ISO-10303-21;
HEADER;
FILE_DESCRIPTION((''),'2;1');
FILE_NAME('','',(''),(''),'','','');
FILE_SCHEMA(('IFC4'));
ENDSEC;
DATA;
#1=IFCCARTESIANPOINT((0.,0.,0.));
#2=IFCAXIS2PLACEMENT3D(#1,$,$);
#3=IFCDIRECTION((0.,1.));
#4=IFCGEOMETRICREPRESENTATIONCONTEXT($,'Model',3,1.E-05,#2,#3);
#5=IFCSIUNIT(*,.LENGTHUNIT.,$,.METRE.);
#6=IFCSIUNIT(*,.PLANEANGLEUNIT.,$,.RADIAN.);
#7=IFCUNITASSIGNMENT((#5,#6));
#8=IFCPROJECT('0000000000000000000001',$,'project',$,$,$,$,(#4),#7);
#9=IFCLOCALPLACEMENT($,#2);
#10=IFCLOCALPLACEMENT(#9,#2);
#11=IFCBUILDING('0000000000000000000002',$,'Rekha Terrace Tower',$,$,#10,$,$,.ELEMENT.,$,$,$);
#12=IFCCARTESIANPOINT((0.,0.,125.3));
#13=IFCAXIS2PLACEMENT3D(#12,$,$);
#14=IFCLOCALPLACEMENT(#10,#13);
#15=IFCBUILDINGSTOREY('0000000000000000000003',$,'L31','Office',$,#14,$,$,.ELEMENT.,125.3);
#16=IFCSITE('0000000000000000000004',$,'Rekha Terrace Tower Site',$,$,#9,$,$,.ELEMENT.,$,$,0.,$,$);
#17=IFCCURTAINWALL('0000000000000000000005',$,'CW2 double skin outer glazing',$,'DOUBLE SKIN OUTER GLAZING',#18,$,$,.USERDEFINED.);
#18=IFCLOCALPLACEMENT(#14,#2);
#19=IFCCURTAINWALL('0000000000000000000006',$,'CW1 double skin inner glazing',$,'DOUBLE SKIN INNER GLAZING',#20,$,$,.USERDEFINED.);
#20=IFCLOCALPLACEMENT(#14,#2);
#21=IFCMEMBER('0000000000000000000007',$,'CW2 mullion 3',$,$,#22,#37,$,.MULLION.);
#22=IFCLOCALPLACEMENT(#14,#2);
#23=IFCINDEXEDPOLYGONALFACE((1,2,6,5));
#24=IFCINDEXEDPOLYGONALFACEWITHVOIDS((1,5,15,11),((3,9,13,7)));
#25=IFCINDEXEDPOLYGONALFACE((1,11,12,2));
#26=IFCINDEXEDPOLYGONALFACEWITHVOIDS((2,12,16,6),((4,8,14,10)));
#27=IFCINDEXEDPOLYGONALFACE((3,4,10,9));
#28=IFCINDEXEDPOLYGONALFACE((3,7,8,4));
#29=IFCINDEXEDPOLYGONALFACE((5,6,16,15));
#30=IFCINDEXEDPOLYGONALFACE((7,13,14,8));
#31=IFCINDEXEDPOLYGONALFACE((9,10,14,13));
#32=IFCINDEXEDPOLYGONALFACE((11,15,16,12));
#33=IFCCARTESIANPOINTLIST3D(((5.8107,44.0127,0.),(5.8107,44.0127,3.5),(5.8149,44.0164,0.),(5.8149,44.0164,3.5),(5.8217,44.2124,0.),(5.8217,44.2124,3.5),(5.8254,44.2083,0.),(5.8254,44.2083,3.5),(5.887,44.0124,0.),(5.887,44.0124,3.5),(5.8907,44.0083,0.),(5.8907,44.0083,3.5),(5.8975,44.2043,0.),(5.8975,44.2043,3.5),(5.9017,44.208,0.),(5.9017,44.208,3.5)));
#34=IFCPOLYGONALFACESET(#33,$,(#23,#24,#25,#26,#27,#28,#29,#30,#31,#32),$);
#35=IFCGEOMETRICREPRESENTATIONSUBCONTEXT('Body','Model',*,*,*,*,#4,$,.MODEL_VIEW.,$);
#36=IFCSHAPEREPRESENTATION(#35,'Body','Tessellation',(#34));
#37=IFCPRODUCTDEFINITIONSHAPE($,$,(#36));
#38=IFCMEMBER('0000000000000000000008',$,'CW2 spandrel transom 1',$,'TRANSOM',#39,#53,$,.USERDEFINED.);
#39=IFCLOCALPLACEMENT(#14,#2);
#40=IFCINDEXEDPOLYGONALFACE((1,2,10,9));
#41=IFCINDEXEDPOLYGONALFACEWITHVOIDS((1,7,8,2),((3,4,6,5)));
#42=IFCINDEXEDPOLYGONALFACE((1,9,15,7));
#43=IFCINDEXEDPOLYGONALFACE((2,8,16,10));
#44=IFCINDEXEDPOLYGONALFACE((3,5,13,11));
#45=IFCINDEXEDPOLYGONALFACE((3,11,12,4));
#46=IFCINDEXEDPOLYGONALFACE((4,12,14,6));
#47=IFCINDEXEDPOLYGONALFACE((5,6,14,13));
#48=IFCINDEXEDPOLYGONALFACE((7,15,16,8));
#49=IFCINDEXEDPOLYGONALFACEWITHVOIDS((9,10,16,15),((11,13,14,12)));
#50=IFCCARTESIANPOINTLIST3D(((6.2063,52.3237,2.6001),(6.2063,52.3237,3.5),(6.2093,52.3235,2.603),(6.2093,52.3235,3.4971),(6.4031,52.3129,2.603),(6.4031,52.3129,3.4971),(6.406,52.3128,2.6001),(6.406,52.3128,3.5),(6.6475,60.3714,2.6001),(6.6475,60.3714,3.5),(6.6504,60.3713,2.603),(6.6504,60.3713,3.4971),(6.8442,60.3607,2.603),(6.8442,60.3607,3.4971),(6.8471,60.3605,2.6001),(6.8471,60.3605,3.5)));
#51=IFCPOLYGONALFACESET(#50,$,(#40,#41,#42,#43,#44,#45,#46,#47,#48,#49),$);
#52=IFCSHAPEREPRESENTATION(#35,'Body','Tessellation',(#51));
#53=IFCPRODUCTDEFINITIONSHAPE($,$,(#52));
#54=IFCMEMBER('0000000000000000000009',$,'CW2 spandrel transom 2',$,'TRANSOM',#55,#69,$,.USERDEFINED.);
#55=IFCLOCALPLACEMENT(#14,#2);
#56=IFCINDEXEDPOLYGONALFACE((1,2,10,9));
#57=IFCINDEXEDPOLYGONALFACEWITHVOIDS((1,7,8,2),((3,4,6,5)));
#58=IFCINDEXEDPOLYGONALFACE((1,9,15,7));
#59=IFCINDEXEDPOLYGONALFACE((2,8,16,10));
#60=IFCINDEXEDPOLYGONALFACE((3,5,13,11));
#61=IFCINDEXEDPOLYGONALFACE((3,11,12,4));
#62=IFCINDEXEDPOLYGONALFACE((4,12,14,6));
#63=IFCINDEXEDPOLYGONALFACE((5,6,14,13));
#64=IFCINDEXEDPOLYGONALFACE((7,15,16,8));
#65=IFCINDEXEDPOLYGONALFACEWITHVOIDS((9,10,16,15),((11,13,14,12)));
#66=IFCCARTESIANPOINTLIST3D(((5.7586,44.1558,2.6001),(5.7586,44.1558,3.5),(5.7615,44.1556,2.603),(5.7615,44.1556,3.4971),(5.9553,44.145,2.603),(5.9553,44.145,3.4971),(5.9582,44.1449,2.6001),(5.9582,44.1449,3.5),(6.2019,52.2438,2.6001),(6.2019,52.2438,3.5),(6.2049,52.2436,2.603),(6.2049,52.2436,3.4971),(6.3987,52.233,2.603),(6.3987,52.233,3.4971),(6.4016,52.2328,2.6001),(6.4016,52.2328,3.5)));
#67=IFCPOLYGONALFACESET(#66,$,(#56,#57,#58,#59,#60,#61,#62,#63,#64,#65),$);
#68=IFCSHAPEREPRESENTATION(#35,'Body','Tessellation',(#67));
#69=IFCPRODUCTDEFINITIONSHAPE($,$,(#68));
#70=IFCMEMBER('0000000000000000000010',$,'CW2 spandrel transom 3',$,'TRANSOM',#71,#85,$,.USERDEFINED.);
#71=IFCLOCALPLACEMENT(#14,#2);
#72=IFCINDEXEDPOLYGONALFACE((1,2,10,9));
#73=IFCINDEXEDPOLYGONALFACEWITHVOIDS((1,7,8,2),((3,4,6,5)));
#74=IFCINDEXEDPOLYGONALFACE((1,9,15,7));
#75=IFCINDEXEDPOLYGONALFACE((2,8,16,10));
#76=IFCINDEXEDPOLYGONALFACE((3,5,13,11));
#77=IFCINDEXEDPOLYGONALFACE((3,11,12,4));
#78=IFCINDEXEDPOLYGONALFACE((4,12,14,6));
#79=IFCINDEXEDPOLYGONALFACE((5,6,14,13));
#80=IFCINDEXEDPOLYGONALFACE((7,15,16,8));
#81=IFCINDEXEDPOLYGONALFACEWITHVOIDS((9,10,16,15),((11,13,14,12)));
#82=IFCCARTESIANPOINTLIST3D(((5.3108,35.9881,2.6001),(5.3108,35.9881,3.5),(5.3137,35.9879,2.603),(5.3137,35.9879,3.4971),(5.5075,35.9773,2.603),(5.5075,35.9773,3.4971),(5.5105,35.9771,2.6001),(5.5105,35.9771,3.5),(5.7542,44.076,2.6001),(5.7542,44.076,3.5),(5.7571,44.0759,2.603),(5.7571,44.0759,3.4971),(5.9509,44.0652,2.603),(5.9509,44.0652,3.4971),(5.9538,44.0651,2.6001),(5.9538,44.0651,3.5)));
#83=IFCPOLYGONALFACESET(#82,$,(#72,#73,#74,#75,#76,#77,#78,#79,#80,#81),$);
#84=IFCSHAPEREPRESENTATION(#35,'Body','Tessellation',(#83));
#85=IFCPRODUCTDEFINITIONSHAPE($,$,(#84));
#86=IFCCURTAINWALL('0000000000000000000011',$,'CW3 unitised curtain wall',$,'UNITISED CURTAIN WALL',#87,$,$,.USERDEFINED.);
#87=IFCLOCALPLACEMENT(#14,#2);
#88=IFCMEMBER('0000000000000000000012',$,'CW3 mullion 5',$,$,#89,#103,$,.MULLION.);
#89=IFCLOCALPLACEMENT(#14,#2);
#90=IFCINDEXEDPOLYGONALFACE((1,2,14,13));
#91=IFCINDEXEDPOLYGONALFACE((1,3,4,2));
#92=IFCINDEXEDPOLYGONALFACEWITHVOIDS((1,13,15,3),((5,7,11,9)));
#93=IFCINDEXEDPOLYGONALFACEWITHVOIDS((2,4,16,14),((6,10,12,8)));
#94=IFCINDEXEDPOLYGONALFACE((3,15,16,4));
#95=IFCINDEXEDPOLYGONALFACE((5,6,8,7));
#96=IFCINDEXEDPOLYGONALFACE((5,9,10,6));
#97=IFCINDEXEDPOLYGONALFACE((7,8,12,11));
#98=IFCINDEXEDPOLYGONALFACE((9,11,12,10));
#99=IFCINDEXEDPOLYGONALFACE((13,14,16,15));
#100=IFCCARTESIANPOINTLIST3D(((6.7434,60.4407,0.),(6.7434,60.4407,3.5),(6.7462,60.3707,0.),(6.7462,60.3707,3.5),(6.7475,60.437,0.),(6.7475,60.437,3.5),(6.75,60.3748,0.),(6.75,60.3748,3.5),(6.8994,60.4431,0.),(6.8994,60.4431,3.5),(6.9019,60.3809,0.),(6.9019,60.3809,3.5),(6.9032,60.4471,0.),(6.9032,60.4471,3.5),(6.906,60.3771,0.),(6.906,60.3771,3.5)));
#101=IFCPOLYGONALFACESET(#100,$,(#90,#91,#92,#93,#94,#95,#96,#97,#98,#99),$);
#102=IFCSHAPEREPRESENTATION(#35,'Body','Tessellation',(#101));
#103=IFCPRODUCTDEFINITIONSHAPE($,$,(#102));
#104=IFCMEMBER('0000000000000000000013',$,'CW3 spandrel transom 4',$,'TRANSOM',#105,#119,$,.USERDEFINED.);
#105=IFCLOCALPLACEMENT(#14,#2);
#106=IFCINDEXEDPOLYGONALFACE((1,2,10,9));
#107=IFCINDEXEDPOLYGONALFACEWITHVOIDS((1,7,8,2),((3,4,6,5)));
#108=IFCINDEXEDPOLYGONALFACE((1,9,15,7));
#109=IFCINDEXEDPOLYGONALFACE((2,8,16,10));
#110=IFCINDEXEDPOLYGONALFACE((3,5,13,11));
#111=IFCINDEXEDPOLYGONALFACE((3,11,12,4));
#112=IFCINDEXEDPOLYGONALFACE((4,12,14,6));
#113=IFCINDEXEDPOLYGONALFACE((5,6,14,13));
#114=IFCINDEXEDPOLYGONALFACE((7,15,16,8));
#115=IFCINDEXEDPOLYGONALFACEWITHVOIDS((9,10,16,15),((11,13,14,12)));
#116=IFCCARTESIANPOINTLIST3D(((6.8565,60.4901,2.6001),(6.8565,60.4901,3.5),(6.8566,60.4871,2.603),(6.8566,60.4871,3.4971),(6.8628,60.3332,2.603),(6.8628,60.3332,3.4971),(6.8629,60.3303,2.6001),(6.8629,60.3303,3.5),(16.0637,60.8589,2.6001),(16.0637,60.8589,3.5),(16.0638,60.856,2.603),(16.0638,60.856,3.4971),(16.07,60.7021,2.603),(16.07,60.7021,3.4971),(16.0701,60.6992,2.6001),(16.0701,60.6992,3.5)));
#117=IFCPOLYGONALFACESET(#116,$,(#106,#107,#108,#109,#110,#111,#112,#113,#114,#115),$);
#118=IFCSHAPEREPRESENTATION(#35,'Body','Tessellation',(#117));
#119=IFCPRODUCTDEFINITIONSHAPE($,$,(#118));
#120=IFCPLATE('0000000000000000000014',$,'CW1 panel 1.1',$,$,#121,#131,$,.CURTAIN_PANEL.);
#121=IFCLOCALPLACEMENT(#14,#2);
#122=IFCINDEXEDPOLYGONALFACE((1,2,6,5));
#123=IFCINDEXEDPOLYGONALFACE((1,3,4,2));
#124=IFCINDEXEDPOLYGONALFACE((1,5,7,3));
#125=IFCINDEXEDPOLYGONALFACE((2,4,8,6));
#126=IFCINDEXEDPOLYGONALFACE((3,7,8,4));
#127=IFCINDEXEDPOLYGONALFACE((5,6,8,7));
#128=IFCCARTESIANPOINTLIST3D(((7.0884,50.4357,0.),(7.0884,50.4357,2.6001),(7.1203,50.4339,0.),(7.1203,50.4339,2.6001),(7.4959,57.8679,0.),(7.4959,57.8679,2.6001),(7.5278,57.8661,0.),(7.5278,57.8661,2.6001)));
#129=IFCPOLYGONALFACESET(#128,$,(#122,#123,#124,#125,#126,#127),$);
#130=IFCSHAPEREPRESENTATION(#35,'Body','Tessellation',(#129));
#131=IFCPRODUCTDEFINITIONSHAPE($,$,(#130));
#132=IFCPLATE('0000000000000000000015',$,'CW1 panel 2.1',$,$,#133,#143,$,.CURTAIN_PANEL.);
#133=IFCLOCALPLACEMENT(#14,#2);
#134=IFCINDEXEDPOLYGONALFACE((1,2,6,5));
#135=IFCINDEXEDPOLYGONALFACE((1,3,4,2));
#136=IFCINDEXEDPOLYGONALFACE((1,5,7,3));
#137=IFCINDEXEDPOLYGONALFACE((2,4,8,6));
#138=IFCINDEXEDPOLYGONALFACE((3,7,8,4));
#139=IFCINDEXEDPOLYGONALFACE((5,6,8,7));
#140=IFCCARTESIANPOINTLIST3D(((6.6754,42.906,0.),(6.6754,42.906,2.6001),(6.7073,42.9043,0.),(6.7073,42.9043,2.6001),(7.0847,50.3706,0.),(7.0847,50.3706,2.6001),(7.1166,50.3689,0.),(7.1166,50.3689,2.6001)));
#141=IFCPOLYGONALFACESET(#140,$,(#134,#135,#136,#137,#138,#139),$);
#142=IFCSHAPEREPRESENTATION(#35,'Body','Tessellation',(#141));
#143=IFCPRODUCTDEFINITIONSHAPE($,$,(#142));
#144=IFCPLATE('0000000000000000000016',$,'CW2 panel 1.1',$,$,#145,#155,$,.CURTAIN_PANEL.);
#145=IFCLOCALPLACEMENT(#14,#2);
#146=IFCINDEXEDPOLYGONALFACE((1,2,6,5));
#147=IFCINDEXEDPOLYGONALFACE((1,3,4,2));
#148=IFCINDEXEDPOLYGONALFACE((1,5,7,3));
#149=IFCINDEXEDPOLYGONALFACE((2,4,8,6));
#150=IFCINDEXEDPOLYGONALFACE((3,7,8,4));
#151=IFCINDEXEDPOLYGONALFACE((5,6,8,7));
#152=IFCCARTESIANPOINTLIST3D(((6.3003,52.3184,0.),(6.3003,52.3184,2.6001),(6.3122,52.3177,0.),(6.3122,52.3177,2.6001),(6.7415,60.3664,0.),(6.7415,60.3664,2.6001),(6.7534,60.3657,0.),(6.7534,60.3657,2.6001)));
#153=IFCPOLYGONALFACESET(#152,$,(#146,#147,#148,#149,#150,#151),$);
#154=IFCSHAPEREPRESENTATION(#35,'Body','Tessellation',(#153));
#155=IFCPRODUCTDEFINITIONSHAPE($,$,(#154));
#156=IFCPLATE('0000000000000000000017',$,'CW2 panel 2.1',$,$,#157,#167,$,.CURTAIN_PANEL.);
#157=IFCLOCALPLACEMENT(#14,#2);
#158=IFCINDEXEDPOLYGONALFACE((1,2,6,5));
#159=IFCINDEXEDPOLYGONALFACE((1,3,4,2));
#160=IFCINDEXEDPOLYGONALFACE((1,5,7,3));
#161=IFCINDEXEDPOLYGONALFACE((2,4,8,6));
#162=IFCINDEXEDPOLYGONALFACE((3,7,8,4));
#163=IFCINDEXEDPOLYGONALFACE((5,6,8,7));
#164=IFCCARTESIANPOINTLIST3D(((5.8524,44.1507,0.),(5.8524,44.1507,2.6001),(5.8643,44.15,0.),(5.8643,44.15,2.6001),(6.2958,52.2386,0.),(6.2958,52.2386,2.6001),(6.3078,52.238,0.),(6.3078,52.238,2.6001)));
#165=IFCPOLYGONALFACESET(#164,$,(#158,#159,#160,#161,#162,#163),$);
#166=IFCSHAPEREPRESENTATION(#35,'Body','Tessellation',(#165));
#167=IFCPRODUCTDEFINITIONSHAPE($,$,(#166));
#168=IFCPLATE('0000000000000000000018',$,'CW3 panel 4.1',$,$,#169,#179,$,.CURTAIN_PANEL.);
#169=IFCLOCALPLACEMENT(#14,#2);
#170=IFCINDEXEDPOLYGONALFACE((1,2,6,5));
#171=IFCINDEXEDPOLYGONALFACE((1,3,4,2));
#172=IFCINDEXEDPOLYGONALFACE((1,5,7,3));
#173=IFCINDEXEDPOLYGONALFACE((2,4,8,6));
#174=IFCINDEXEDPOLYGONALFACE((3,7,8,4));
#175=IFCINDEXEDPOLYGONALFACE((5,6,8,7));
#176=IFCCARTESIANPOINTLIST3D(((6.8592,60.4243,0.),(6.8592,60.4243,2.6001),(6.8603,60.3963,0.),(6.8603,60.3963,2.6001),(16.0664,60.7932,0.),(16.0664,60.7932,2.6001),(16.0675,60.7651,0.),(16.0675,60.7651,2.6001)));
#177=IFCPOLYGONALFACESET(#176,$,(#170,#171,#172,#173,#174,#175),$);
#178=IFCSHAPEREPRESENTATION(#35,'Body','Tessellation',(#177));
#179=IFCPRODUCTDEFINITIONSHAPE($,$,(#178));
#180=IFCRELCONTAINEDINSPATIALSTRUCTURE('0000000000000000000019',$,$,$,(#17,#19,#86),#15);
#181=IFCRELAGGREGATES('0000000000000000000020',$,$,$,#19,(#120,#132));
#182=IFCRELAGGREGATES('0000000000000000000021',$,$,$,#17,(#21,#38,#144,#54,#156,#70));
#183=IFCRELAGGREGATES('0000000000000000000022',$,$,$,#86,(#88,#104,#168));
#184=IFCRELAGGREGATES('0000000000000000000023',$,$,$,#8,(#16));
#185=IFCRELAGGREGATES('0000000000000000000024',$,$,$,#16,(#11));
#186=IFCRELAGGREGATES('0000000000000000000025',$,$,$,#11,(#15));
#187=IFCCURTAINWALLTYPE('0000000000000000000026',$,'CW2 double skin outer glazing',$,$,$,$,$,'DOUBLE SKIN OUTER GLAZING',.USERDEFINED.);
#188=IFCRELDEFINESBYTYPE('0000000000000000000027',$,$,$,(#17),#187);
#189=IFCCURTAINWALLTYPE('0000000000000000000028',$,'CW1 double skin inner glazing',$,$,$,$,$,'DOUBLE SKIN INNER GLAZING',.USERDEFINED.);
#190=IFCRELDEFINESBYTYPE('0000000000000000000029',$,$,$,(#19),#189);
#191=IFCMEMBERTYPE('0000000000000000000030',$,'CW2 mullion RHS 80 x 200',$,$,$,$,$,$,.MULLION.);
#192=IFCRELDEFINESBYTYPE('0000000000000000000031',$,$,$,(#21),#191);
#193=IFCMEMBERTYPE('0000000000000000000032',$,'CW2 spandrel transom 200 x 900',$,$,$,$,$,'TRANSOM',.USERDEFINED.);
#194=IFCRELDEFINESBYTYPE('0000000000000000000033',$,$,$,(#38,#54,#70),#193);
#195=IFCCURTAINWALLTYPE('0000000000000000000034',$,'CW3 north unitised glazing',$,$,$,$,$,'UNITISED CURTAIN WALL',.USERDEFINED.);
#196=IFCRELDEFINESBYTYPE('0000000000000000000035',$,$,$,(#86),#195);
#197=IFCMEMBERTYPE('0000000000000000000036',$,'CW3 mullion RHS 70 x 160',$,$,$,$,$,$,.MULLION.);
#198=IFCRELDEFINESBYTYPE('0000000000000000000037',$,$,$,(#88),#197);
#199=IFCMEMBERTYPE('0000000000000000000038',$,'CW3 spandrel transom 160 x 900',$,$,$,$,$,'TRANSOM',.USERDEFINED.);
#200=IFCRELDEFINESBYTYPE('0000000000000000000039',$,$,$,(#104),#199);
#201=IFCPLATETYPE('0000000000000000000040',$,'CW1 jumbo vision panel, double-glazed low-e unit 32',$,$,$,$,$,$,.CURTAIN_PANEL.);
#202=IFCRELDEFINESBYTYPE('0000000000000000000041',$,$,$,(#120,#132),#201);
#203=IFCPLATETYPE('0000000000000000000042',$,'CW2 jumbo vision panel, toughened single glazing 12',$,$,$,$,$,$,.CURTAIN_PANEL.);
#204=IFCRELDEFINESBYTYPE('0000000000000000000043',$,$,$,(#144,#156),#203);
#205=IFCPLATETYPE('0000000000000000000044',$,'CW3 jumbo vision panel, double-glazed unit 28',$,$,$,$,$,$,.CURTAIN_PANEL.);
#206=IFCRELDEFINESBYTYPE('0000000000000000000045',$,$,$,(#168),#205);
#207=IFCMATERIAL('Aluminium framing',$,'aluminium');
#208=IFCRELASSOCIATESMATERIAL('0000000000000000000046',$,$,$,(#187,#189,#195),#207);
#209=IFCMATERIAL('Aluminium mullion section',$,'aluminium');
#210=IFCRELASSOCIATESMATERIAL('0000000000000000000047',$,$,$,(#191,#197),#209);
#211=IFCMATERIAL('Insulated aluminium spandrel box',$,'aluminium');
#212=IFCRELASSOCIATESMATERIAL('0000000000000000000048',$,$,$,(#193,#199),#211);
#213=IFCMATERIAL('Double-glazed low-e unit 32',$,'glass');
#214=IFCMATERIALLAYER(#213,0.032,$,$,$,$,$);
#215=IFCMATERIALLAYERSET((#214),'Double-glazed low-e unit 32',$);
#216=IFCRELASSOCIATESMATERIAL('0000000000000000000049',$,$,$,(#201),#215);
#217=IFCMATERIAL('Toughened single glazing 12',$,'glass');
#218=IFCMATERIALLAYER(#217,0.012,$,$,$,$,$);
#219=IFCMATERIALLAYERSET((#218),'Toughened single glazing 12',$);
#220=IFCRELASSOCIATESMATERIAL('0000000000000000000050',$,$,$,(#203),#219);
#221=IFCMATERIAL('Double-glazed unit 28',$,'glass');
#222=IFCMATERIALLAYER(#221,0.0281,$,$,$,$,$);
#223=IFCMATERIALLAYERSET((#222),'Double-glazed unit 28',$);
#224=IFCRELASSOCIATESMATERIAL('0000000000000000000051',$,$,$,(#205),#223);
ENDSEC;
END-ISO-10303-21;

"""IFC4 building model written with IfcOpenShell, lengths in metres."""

from ifc_helpers import new_model, si_unit, direction, frame, origin, origin_2d, place, context, subcontext, project, spatial, rectangle, hollow_rectangle, extrude, material, layer, layer_set, material_profile, profile_set, type_object, element, aggregate, save


model = new_model("IFC4")

# Units and contexts
model_context = context("Model", 3, precision=1e-05, world=origin(), true_north=direction((0.0, 1.0)))
body_context = subcontext(model_context, "Body", "Model", "MODEL_VIEW")
ifc_project = project(units=[si_unit("LENGTHUNIT", "METRE"), si_unit("PLANEANGLEUNIT", "RADIAN")], contexts=[model_context])

# Site, building, storey
site_placement = place(None, origin())
site = spatial("IfcSite", under=ifc_project, at=site_placement, Name="Rekha Terrace Tower Site", CompositionType="ELEMENT", RefElevation=0.0)
building_placement = place(site_placement, origin())
building = spatial("IfcBuilding", under=site, at=building_placement, Name="Rekha Terrace Tower", CompositionType="ELEMENT")
storey_placement = place(building_placement, frame((0.0, 0.0, 125.3)))
storey = spatial("IfcBuildingStorey", under=building, at=storey_placement, Name="L31", Description="Office", CompositionType="ELEMENT", Elevation=125.3)

# Curtain walls
ifc_material_1 = material(Name="Aluminium framing", Category="aluminium")
curtain_wall_type_1 = type_object("IfcCurtainWallType", Name="CW2 double skin outer glazing", ElementType="DOUBLE SKIN OUTER GLAZING", PredefinedType="USERDEFINED", material=ifc_material_1)
curtain_wall_1_placement = place(storey_placement, origin())
curtain_wall_1 = element("IfcCurtainWall", 1, at=curtain_wall_1_placement, inside=storey, type_object=curtain_wall_type_1, Name="CW2 double skin outer glazing", ObjectType="DOUBLE SKIN OUTER GLAZING", PredefinedType="USERDEFINED")
curtain_wall_type_2 = type_object("IfcCurtainWallType", Name="CW1 double skin inner glazing", ElementType="DOUBLE SKIN INNER GLAZING", PredefinedType="USERDEFINED", material=ifc_material_1)
curtain_wall_2_placement = place(storey_placement, origin())
curtain_wall_2 = element("IfcCurtainWall", 2, at=curtain_wall_2_placement, inside=storey, type_object=curtain_wall_type_2, Name="CW1 double skin inner glazing", ObjectType="DOUBLE SKIN INNER GLAZING", PredefinedType="USERDEFINED")
ifc_material_2 = material(Name="Aluminium mullion section", Category="aluminium")
ifc_material_3 = material(Name="Insulated aluminium spandrel box", Category="aluminium")

# Members
ifc_material_profile_1 = material_profile(ifc_material_2, hollow_rectangle(XDim=0.0801, YDim=0.2, WallThickness=0.0039, at=origin_2d()), Name="AL RHS 80x200")
ifc_profile_set_1 = profile_set([ifc_material_profile_1], Name="Aluminium mullion section")
member_type_1 = type_object("IfcMemberType", Name="CW2 mullion RHS 80 x 200", PredefinedType="MULLION", material=ifc_profile_set_1)
member_1_placement = place(storey_placement, frame((5.8562, 44.1104, 0.0), z_axis=(0.0, 0.0, 1.0), x_axis=(0.998501, -0.054742, 0.0)))
member_1 = element("IfcMember", 3, at=member_1_placement, type_object=member_type_1, Name="CW2 mullion 3", PredefinedType="MULLION", context=body_context, shape_type="SweptSolid", body=[
    extrude(hollow_rectangle(XDim=0.0801, YDim=0.2, WallThickness=0.0039, at=origin_2d()), origin(), (0.0, 0.0, 1.0), 3.5),
])
ifc_material_profile_2 = material_profile(ifc_material_3, hollow_rectangle(XDim=0.2, YDim=0.8999, WallThickness=0.0029, at=origin_2d()), Name="AL SPANDREL BOX 200x900")
ifc_profile_set_2 = profile_set([ifc_material_profile_2], Name="Insulated aluminium spandrel box")
member_type_2 = type_object("IfcMemberType", Name="CW2 spandrel transom 200 x 900", ElementType="TRANSOM", PredefinedType="USERDEFINED", material=ifc_profile_set_2)
member_2_placement = place(storey_placement, frame((6.7473, 60.366, 3.05), z_axis=(-0.054735, -0.998501, 0.0), x_axis=(0.998501, -0.054735, 0.0)))
member_2 = element("IfcMember", 4, at=member_2_placement, type_object=member_type_2, Name="CW2 spandrel transom 1", ObjectType="TRANSOM", PredefinedType="USERDEFINED", context=body_context, shape_type="SweptSolid", body=[
    extrude(hollow_rectangle(XDim=0.2, YDim=0.8999, WallThickness=0.0029, at=origin_2d()), origin(), (0.0, 0.0, 1.0), 8.0598),
])
member_3_placement = place(storey_placement, frame((6.3018, 52.2383, 3.05), z_axis=(-0.054735, -0.998501, 0.0), x_axis=(0.998501, -0.054735, 0.0)))
member_3 = element("IfcMember", 5, at=member_3_placement, type_object=member_type_2, Name="CW2 spandrel transom 2", ObjectType="TRANSOM", PredefinedType="USERDEFINED", context=body_context, shape_type="SweptSolid", body=[
    extrude(hollow_rectangle(XDim=0.2, YDim=0.8999, WallThickness=0.0029, at=origin_2d()), origin(), (0.0, 0.0, 1.0), 8.1001),
])
member_4_placement = place(storey_placement, frame((5.854, 44.0706, 3.05), z_axis=(-0.054735, -0.998501, 0.0), x_axis=(0.998501, -0.054735, 0.0)))
member_4 = element("IfcMember", 6, at=member_4_placement, type_object=member_type_2, Name="CW2 spandrel transom 3", ObjectType="TRANSOM", PredefinedType="USERDEFINED", context=body_context, shape_type="SweptSolid", body=[
    extrude(hollow_rectangle(XDim=0.2, YDim=0.8999, WallThickness=0.0029, at=origin_2d()), origin(), (0.0, 0.0, 1.0), 8.1001),
])

# Curtain wall, members
curtain_wall_type_3 = type_object("IfcCurtainWallType", Name="CW3 north unitised glazing", ElementType="UNITISED CURTAIN WALL", PredefinedType="USERDEFINED", material=ifc_material_1)
curtain_wall_3_placement = place(storey_placement, origin())
curtain_wall_3 = element("IfcCurtainWall", 7, at=curtain_wall_3_placement, inside=storey, type_object=curtain_wall_type_3, Name="CW3 unitised curtain wall", ObjectType="UNITISED CURTAIN WALL", PredefinedType="USERDEFINED")
ifc_material_profile_3 = material_profile(ifc_material_2, hollow_rectangle(XDim=0.0701, YDim=0.1599, WallThickness=0.0039, at=origin_2d()), Name="AL RHS 70x160")
ifc_profile_set_3 = profile_set([ifc_material_profile_3], Name="Aluminium mullion section")
member_type_3 = type_object("IfcMemberType", Name="CW3 mullion RHS 70 x 160", PredefinedType="MULLION", material=ifc_profile_set_3)
member_5_placement = place(storey_placement, frame((6.8247, 60.4089, 0.0), z_axis=(0.0, 0.0, 1.0), x_axis=(0.040032, -0.999198, 0.0)))
member_5 = element("IfcMember", 8, at=member_5_placement, type_object=member_type_3, Name="CW3 mullion 5", PredefinedType="MULLION", context=body_context, shape_type="SweptSolid", body=[
    extrude(hollow_rectangle(XDim=0.0701, YDim=0.1599, WallThickness=0.0039, at=origin_2d()), origin(), (0.0, 0.0, 1.0), 3.5),
])
ifc_material_profile_4 = material_profile(ifc_material_3, hollow_rectangle(XDim=0.1599, YDim=0.8999, WallThickness=0.0029, at=origin_2d()), Name="AL SPANDREL BOX 160x900")
ifc_profile_set_4 = profile_set([ifc_material_profile_4], Name="Insulated aluminium spandrel box")
member_type_4 = type_object("IfcMemberType", Name="CW3 spandrel transom 160 x 900", ElementType="TRANSOM", PredefinedType="USERDEFINED", material=ifc_profile_set_4)
member_6_placement = place(storey_placement, frame((16.0669, 60.7791, 3.05), z_axis=(-0.999198, -0.040034, 0.0), x_axis=(0.040034, -0.999198, 0.0)))
member_6 = element("IfcMember", 9, at=member_6_placement, type_object=member_type_4, Name="CW3 spandrel transom 4", ObjectType="TRANSOM", PredefinedType="USERDEFINED", context=body_context, shape_type="SweptSolid", body=[
    extrude(hollow_rectangle(XDim=0.1599, YDim=0.8999, WallThickness=0.0029, at=origin_2d()), origin(), (0.0, 0.0, 1.0), 9.2146),
])

# Plates
ifc_material_4 = material(Name="Double-glazed low-e unit 32", Category="glass")
ifc_layer_1 = layer(ifc_material_4, 0.032)
ifc_layer_set_1 = layer_set([ifc_layer_1], Name="Double-glazed low-e unit 32")
plate_type_1 = type_object("IfcPlateType", Name="CW1 jumbo vision panel, double-glazed low-e unit 32", PredefinedType="CURTAIN_PANEL", material=ifc_layer_set_1)
plate_1_placement = place(storey_placement, frame((7.3081, 54.1509, 0.0), z_axis=(0.0, 0.0, 1.0), x_axis=(-0.054742, -0.998501, 0.0)))
plate_1 = element("IfcPlate", 10, at=plate_1_placement, type_object=plate_type_1, Name="CW1 panel 1.1", PredefinedType="CURTAIN_PANEL", context=body_context, shape_type="SweptSolid", body=[
    extrude(rectangle(XDim=7.4434, YDim=0.032, at=origin_2d()), origin(), (0.0, 0.0, 1.0), 2.6001),
])
plate_2_placement = place(storey_placement, frame((6.896, 46.6375, 0.0), z_axis=(0.0, 0.0, 1.0), x_axis=(-0.054742, -0.998501, 0.0)))
plate_2 = element("IfcPlate", 11, at=plate_2_placement, type_object=plate_type_1, Name="CW1 panel 2.1", PredefinedType="CURTAIN_PANEL", context=body_context, shape_type="SweptSolid", body=[
    extrude(rectangle(XDim=7.4758, YDim=0.032, at=origin_2d()), origin(), (0.0, 0.0, 1.0), 2.6001),
])
aggregate(curtain_wall_2, [plate_1, plate_2])
ifc_material_5 = material(Name="Toughened single glazing 12", Category="glass")
ifc_layer_2 = layer(ifc_material_5, 0.012)
ifc_layer_set_2 = layer_set([ifc_layer_2], Name="Toughened single glazing 12")
plate_type_2 = type_object("IfcPlateType", Name="CW2 jumbo vision panel, toughened single glazing 12", PredefinedType="CURTAIN_PANEL", material=ifc_layer_set_2)
plate_3_placement = place(storey_placement, frame((6.5269, 56.342, 0.0), z_axis=(0.0, 0.0, 1.0), x_axis=(-0.054742, -0.998501, 0.0)))
plate_3 = element("IfcPlate", 12, at=plate_3_placement, type_object=plate_type_2, Name="CW2 panel 1.1", PredefinedType="CURTAIN_PANEL", context=body_context, shape_type="SweptSolid", body=[
    extrude(rectangle(XDim=8.0601, YDim=0.012, at=origin_2d()), origin(), (0.0, 0.0, 1.0), 2.6001),
])
plate_4_placement = place(storey_placement, frame((6.0801, 48.1943, 0.0), z_axis=(0.0, 0.0, 1.0), x_axis=(-0.054742, -0.998501, 0.0)))
plate_4 = element("IfcPlate", 13, at=plate_4_placement, type_object=plate_type_2, Name="CW2 panel 2.1", PredefinedType="CURTAIN_PANEL", context=body_context, shape_type="SweptSolid", body=[
    extrude(rectangle(XDim=8.1001, YDim=0.012, at=origin_2d()), origin(), (0.0, 0.0, 1.0), 2.6001),
])
aggregate(curtain_wall_1, [member_1, member_2, plate_3, member_3, plate_4, member_4])
ifc_material_6 = material(Name="Double-glazed unit 28", Category="glass")
ifc_layer_3 = layer(ifc_material_6, 0.0281)
ifc_layer_set_3 = layer_set([ifc_layer_3], Name="Double-glazed unit 28")
plate_type_3 = type_object("IfcPlateType", Name="CW3 jumbo vision panel, double-glazed unit 28", PredefinedType="CURTAIN_PANEL", material=ifc_layer_set_3)
plate_5_placement = place(storey_placement, frame((11.4634, 60.5947, 0.0), z_axis=(0.0, 0.0, 1.0), x_axis=(-0.999198, -0.040032, 0.0)))
plate_5 = element("IfcPlate", 14, at=plate_5_placement, type_object=plate_type_3, Name="CW3 panel 4.1", PredefinedType="CURTAIN_PANEL", context=body_context, shape_type="SweptSolid", body=[
    extrude(rectangle(XDim=9.2146, YDim=0.0281, at=origin_2d()), origin(), (0.0, 0.0, 1.0), 2.6001),
])
aggregate(curtain_wall_3, [member_5, member_6, plate_5])

save(model, "model.ifc")
